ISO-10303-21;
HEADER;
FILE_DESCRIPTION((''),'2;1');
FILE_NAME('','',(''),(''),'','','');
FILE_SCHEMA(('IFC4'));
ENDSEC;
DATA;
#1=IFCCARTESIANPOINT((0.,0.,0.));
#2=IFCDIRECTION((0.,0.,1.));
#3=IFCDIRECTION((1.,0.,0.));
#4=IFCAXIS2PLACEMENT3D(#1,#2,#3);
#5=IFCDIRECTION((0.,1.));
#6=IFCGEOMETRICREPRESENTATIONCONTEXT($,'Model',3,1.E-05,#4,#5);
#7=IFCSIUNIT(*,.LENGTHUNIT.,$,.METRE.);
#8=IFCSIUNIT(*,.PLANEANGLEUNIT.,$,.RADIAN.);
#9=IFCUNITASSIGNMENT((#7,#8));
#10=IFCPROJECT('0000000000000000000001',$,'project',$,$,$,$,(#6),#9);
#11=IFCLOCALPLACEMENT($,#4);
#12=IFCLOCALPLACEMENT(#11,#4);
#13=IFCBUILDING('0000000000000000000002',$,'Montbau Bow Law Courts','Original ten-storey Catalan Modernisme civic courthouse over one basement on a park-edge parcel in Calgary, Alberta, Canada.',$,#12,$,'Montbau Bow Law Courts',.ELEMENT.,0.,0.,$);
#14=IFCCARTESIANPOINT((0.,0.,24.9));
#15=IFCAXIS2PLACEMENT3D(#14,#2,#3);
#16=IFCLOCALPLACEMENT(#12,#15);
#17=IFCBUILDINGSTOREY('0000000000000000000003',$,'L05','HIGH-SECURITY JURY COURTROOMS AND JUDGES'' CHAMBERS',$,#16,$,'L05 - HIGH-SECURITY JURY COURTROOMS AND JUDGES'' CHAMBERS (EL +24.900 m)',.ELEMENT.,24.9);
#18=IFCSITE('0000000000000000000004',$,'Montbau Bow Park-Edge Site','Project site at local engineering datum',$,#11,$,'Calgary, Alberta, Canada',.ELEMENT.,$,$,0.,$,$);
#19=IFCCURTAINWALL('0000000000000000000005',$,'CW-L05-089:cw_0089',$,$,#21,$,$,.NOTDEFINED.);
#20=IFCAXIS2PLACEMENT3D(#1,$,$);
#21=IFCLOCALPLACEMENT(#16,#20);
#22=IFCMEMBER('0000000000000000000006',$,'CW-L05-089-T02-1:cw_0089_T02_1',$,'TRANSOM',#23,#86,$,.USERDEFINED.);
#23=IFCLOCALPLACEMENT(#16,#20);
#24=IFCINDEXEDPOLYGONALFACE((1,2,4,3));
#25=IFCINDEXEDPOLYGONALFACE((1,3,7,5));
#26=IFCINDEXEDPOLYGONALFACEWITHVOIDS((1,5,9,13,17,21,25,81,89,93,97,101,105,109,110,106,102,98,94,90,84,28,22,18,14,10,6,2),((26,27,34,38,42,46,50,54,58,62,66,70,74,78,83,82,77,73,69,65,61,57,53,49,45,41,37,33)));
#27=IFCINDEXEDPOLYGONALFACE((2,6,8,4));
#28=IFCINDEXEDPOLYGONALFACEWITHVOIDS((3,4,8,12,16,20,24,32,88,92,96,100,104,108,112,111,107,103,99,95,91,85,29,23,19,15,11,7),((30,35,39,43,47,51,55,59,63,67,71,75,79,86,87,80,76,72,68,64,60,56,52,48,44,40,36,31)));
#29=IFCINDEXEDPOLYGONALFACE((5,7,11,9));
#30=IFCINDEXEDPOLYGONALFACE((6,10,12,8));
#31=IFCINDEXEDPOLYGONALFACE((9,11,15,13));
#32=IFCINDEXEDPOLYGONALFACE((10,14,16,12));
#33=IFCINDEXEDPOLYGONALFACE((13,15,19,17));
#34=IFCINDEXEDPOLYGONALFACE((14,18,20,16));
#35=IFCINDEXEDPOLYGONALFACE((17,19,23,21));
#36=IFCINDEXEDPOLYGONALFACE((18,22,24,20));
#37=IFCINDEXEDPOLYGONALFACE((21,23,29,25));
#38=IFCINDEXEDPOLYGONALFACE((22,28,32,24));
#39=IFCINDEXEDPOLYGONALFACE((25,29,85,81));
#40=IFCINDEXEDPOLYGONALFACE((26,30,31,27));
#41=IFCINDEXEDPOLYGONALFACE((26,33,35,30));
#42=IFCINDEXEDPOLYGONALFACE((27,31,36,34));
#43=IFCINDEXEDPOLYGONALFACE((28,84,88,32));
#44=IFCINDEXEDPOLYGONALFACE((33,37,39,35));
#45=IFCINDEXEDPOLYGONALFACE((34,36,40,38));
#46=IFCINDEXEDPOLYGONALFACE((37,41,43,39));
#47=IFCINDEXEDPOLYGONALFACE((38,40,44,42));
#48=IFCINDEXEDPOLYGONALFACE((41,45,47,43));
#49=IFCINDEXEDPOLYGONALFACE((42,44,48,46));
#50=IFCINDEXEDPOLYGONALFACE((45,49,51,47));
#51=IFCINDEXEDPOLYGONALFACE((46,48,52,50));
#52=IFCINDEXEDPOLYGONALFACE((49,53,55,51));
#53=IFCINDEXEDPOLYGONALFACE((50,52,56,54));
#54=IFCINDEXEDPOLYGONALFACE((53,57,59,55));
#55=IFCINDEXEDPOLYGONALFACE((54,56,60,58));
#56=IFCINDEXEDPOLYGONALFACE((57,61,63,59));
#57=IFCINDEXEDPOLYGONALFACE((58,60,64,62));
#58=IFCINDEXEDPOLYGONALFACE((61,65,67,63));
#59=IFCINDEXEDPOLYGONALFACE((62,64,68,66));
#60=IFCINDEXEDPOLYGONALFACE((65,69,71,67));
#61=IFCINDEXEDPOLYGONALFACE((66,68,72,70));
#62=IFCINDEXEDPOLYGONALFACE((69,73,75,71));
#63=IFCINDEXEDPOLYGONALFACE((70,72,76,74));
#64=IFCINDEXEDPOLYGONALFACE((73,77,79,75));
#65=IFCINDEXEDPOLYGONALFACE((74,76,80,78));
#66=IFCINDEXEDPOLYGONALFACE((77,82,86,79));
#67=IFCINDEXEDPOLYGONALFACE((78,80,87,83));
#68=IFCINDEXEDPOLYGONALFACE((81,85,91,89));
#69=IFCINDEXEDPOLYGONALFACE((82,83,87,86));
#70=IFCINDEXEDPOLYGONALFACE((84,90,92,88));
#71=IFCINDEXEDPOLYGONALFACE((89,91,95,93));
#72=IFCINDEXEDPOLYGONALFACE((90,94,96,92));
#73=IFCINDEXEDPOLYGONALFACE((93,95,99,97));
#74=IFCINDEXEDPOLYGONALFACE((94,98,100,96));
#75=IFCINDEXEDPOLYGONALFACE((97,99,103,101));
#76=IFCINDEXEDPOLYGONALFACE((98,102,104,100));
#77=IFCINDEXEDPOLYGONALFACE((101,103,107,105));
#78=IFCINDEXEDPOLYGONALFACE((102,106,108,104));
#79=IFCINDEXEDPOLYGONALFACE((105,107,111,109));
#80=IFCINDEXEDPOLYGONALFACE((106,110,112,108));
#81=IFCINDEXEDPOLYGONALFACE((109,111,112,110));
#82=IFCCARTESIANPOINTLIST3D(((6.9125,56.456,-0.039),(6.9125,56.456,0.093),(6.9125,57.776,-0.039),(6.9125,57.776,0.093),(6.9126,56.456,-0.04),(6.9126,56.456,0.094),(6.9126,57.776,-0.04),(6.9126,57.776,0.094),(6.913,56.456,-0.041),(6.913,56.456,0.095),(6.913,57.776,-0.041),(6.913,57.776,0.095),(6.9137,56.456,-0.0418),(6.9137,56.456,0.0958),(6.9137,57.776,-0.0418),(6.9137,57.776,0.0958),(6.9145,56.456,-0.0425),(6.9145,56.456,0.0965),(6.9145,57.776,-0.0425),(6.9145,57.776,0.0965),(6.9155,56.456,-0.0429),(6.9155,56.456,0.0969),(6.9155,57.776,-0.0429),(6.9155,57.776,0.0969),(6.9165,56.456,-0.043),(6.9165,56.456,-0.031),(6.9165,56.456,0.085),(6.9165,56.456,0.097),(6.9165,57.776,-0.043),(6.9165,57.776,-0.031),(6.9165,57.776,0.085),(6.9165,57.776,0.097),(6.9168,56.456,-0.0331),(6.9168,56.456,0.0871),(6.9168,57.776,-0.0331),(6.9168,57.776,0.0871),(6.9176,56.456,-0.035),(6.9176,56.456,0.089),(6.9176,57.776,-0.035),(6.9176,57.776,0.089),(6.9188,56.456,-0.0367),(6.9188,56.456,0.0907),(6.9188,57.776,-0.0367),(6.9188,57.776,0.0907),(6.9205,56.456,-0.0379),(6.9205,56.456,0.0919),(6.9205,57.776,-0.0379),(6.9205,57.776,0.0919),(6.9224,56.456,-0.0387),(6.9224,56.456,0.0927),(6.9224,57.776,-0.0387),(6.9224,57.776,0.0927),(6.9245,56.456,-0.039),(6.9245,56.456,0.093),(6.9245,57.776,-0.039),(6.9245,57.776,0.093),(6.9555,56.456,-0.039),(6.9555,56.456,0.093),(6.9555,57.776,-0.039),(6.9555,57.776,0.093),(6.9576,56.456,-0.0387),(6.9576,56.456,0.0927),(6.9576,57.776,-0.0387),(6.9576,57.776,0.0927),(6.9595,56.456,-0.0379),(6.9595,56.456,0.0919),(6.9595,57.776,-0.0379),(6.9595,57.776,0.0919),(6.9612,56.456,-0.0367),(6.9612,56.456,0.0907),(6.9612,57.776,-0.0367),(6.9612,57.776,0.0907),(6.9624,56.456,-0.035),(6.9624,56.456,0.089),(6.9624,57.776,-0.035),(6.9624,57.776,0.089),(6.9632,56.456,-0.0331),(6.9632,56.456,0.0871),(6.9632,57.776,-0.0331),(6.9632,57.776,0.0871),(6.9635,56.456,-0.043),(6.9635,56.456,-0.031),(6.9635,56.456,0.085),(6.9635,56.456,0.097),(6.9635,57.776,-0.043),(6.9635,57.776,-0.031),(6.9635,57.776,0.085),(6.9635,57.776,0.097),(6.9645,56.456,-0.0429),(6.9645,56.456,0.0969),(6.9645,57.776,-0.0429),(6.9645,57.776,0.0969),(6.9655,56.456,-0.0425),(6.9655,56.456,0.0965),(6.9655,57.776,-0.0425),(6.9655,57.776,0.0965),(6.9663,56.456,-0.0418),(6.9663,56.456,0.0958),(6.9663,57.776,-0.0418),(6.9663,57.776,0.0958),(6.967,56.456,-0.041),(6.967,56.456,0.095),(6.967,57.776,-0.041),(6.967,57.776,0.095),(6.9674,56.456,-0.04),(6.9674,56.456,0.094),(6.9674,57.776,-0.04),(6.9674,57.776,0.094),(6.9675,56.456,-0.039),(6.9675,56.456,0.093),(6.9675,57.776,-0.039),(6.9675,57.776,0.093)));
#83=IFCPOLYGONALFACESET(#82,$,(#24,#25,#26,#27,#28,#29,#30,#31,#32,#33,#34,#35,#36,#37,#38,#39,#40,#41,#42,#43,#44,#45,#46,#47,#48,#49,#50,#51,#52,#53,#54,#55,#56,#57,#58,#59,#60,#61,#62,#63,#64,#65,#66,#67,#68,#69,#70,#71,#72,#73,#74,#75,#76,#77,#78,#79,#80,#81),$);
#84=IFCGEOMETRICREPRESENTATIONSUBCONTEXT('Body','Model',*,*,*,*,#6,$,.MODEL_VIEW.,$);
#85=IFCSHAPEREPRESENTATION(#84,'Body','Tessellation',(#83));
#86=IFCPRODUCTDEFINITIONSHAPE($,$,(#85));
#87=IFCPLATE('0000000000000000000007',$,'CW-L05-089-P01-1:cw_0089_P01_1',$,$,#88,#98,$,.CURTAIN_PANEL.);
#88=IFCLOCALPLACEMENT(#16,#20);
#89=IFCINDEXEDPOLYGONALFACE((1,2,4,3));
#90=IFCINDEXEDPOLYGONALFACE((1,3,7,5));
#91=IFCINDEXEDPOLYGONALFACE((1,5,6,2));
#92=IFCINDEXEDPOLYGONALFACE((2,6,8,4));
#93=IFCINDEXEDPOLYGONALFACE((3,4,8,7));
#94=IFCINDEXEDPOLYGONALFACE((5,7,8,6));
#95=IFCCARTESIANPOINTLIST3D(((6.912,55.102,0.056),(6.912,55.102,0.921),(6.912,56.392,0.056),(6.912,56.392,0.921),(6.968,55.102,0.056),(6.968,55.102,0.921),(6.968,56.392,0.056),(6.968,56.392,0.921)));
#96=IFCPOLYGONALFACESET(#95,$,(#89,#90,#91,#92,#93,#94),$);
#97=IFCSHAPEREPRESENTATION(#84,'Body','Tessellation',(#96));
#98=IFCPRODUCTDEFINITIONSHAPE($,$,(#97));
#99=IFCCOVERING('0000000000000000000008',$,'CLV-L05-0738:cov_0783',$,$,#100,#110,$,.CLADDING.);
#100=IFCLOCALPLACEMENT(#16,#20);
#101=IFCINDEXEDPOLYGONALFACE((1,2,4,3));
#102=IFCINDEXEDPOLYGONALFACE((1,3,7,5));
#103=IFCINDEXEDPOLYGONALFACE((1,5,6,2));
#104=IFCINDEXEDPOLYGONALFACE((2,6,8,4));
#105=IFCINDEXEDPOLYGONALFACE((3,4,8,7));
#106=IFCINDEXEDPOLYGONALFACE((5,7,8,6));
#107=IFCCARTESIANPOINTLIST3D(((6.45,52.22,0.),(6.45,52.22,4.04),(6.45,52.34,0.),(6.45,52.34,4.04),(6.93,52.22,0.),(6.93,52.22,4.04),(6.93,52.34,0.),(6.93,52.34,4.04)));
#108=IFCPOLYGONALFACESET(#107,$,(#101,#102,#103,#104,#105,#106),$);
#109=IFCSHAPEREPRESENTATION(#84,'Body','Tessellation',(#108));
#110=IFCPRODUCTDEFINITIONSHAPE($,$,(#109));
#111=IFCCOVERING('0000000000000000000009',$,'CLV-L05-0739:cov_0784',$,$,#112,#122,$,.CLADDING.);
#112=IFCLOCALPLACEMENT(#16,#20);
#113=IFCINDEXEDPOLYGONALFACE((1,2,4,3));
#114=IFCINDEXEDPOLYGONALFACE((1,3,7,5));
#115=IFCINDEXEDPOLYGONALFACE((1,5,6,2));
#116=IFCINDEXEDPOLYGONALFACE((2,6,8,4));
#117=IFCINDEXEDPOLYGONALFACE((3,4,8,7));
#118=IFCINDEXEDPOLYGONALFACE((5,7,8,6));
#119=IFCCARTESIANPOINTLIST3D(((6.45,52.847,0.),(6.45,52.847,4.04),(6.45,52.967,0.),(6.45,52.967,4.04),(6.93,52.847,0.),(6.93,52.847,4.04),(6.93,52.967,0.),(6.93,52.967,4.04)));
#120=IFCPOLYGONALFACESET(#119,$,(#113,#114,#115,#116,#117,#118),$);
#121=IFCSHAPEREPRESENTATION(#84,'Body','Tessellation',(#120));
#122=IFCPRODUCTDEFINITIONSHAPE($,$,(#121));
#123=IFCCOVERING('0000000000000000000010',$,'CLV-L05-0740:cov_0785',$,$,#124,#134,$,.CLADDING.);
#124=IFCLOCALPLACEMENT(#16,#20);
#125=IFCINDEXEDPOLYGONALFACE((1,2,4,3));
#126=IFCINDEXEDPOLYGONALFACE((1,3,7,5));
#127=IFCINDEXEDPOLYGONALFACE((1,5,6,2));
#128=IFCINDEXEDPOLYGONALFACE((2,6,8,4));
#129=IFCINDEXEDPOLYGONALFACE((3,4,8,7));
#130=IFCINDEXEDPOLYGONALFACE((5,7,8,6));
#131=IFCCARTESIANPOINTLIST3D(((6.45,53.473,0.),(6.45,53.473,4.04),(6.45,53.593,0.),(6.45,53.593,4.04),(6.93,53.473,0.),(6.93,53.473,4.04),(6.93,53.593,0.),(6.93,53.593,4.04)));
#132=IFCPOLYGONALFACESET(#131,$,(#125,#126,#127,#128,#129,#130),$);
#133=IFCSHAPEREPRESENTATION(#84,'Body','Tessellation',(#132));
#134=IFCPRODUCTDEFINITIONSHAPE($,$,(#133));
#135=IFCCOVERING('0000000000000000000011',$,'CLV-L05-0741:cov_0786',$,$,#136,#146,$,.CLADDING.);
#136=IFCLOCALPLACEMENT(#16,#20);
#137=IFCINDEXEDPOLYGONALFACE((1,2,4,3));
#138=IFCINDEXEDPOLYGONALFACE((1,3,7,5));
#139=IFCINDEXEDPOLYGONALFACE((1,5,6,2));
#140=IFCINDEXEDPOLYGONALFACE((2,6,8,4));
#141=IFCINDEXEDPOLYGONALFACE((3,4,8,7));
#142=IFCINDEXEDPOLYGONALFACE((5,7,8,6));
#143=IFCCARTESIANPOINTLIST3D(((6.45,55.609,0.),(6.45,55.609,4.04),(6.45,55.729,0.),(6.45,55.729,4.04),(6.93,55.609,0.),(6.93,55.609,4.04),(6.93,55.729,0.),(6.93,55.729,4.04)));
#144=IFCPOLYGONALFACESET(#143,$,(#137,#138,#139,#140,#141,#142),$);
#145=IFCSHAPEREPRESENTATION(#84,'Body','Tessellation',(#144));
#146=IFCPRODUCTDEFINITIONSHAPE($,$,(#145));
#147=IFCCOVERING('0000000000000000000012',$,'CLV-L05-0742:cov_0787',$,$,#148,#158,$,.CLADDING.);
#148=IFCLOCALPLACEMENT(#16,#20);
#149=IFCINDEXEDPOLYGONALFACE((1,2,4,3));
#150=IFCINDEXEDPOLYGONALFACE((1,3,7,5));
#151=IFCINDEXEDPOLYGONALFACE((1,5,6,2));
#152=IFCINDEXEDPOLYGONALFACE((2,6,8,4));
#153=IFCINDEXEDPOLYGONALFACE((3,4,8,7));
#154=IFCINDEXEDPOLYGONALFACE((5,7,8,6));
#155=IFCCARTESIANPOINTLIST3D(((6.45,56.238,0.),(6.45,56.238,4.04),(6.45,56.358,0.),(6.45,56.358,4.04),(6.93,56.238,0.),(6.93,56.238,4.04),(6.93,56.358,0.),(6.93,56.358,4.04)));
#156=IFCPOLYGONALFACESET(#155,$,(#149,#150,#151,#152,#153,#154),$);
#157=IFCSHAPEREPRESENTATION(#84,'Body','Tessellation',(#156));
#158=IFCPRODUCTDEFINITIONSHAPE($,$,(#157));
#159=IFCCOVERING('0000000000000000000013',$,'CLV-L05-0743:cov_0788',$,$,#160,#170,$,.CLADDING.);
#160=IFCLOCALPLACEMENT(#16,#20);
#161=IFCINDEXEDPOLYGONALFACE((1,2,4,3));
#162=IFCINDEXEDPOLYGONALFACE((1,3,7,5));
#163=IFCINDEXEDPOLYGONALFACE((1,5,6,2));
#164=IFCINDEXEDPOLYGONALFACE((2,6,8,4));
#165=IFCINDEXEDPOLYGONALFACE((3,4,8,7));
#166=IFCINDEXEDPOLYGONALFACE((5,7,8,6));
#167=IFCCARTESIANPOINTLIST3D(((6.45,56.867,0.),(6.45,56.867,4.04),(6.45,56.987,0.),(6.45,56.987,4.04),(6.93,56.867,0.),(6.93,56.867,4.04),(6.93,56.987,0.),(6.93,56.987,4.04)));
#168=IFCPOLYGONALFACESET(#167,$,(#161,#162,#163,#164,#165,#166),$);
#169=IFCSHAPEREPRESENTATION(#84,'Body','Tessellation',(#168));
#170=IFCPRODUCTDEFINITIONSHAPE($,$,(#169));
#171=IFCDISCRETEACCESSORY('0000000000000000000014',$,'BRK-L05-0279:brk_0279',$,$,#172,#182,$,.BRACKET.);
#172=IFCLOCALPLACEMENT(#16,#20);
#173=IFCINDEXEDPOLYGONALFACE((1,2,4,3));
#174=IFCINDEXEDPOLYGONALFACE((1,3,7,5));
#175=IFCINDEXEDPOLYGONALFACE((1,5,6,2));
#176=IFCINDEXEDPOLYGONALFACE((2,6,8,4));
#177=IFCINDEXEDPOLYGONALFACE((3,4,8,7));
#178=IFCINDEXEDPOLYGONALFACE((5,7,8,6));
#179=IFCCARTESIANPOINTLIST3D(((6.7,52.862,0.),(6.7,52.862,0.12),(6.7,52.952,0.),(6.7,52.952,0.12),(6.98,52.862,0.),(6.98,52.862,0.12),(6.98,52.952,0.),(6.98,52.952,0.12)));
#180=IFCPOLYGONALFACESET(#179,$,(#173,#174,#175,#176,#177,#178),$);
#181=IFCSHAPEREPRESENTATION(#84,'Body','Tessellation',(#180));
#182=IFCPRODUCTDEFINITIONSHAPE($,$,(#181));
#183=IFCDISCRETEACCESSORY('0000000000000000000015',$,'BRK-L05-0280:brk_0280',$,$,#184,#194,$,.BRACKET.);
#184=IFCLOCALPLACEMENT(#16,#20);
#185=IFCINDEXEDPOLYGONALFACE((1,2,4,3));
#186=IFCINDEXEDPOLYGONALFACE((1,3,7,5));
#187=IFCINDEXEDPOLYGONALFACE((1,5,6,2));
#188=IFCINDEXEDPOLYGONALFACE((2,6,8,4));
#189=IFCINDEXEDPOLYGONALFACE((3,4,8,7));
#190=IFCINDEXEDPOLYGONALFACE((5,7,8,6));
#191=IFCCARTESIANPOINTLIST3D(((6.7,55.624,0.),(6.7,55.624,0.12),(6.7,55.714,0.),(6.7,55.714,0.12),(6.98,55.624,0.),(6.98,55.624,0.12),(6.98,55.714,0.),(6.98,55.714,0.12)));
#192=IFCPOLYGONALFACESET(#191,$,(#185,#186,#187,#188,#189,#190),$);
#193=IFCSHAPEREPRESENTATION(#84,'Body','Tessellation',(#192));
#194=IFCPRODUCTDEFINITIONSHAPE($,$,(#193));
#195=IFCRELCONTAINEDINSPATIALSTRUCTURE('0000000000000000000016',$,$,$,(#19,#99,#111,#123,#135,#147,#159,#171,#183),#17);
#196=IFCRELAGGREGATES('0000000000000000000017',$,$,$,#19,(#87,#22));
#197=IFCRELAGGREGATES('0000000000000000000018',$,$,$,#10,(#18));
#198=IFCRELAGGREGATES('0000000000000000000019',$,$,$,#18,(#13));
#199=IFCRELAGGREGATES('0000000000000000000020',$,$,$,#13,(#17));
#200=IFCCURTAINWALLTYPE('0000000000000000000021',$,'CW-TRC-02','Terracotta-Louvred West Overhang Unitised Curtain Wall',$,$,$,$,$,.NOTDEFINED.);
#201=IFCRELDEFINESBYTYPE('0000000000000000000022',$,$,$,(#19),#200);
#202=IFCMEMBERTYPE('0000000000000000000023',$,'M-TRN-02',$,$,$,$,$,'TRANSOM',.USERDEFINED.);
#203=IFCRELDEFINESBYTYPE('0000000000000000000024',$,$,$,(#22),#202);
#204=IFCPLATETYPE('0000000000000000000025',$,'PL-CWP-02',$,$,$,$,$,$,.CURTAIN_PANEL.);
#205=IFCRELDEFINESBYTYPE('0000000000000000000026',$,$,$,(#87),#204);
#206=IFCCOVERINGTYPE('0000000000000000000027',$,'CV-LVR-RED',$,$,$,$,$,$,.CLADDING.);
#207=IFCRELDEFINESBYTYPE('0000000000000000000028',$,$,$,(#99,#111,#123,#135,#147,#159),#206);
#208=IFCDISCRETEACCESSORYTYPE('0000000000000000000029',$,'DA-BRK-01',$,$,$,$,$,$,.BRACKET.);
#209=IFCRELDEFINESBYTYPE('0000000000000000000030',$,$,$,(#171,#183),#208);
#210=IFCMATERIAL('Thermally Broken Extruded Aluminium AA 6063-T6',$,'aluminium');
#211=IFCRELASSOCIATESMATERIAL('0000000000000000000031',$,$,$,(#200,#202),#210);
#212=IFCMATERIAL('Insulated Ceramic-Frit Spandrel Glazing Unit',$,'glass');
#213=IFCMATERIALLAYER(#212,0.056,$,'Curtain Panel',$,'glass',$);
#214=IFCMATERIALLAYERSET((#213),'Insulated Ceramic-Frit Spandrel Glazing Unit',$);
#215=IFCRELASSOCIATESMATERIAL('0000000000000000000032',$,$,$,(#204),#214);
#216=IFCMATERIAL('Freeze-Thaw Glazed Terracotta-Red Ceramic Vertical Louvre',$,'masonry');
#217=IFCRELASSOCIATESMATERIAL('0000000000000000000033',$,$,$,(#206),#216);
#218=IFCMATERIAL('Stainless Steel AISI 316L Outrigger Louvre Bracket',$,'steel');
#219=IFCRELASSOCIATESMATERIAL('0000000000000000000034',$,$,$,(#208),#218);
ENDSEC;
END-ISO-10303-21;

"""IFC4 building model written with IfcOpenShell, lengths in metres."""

from ifc_helpers import new_model, si_unit, direction, frame, frame_2d, origin_with_axes, origin_2d_with_axis, place, context, subcontext, project, spatial, rectangle, hollow_rectangle, extrude, material, layer, layer_set, material_profile, profile_set, type_object, element, aggregate, save


model = new_model("IFC4")

# Units and contexts
model_context = context("Model", 3, precision=1e-05, world=origin_with_axes(), true_north=direction((0.0, 1.0)))
body_context = subcontext(model_context, "Body", "Model", "MODEL_VIEW")
ifc_project = project(units=[si_unit("LENGTHUNIT", "METRE"), si_unit("PLANEANGLEUNIT", "RADIAN")], contexts=[model_context])

# Site, building, storey
site_placement = place(None, origin_with_axes())
site = spatial("IfcSite", under=ifc_project, at=site_placement, Name="Montbau Bow Park-Edge Site", Description="Project site at local engineering datum", LongName="Calgary, Alberta, Canada", CompositionType="ELEMENT", RefElevation=0.0)
building_placement = place(site_placement, origin_with_axes())
building = spatial("IfcBuilding", under=site, at=building_placement, Name="Montbau Bow Law Courts", Description="Original ten-storey Catalan Modernisme civic courthouse over one basement on a park-edge parcel in Calgary, Alberta, Canada.", LongName="Montbau Bow Law Courts", CompositionType="ELEMENT", ElevationOfRefHeight=0.0, ElevationOfTerrain=0.0)
storey_placement = place(building_placement, frame((0.0, 0.0, 24.9), z_axis=(0.0, 0.0, 1.0), x_axis=(1.0, 0.0, 0.0)))
storey = spatial("IfcBuildingStorey", under=building, at=storey_placement, Name="L05", Description="HIGH-SECURITY JURY COURTROOMS AND JUDGES' CHAMBERS", LongName="L05 - HIGH-SECURITY JURY COURTROOMS AND JUDGES' CHAMBERS (EL +24.900 m)", CompositionType="ELEMENT", Elevation=24.9)

# Curtain wall
ifc_material_1 = material(Name="Thermally Broken Extruded Aluminium AA 6063-T6", Category="aluminium")
curtain_wall_type = type_object("IfcCurtainWallType", Name="CW-TRC-02", Description="Terracotta-Louvred West Overhang Unitised Curtain Wall", PredefinedType="NOTDEFINED", material=ifc_material_1)
curtain_wall_1_placement = place(None, frame((6.94, 55.04, 24.9), z_axis=(0.0, 0.0, 1.0), x_axis=(1.0, 0.0, 0.0)))
curtain_wall_1 = element("IfcCurtainWall", 1, at=curtain_wall_1_placement, inside=storey, type_object=curtain_wall_type, Name="CW-L05-089:cw_0089", PredefinedType="NOTDEFINED")

# Member
ifc_material_profile_1 = material_profile(ifc_material_1, hollow_rectangle(XDim=0.055, YDim=0.14, WallThickness=0.004, InnerFilletRadius=0.008, OuterFilletRadius=0.004, at=origin_2d_with_axis()), Name="CWT-140X55", Category="Main", Priority=0)
ifc_profile_set_1 = profile_set([ifc_material_profile_1], Name="Thermally Broken Extruded Aluminium AA 6063-T6")
member_type_1 = type_object("IfcMemberType", Name="M-TRN-02", ElementType="TRANSOM", PredefinedType="USERDEFINED", material=ifc_profile_set_1)
member_1_placement = place(None, frame((6.94, 56.456, 24.927), z_axis=(0.0, 1.0, 0.0), x_axis=(-1.0, 0.0, 0.0)))
member_1 = element("IfcMember", 2, at=member_1_placement, type_object=member_type_1, Name="CW-L05-089-T02-1:cw_0089_T02_1", ObjectType="TRANSOM", PredefinedType="USERDEFINED", context=body_context, shape_type="SweptSolid", body=[
    extrude(hollow_rectangle(XDim=0.055, YDim=0.14, WallThickness=0.004, InnerFilletRadius=0.008, OuterFilletRadius=0.004, at=origin_2d_with_axis()), origin_with_axes(), (0.0, 0.0, 1.0), 1.32),
])

# Plate
ifc_material_2 = material(Name="Insulated Ceramic-Frit Spandrel Glazing Unit", Category="glass")
ifc_layer = layer(ifc_material_2, 0.056, Name="Curtain Panel", Category="glass")
ifc_layer_set = layer_set([ifc_layer], Name="Insulated Ceramic-Frit Spandrel Glazing Unit")
plate_type = type_object("IfcPlateType", Name="PL-CWP-02", PredefinedType="CURTAIN_PANEL", material=ifc_layer_set)
plate_placement = place(None, frame((6.94, 55.102, 24.956), z_axis=(1.0, 0.0, 0.0), x_axis=(0.0, 1.0, 0.0)))
plate = element("IfcPlate", 3, at=plate_placement, type_object=plate_type, Name="CW-L05-089-P01-1:cw_0089_P01_1", PredefinedType="CURTAIN_PANEL", context=body_context, shape_type="SweptSolid", body=[
    extrude(rectangle(XDim=1.29, YDim=0.865, at=frame_2d((0.645, 0.4325), x_axis=(1.0, 0.0))), frame((0.0, 0.0, -0.028), z_axis=(0.0, 0.0, 1.0), x_axis=(1.0, 0.0, 0.0)), (0.0, 0.0, 1.0), 0.056),
])
aggregate(curtain_wall_1, [plate, member_1])

# Coverings
ifc_material_3 = material(Name="Freeze-Thaw Glazed Terracotta-Red Ceramic Vertical Louvre", Category="masonry")
covering_type = type_object("IfcCoveringType", Name="CV-LVR-RED", PredefinedType="CLADDING", material=ifc_material_3)
for number, where, z_axis, x_axis, name in (
    (4, (6.93, 52.28, 24.9), (0.0, 1.0, 0.0), (-1.0, 0.0, 0.0), "CLV-L05-0738:cov_0783"),
    (5, (6.93, 52.907, 24.9), (0.0, 1.0, 0.0), (-1.0, 0.0, 0.0), "CLV-L05-0739:cov_0784"),
    (6, (6.93, 53.533, 24.9), (0.0, 1.0, 0.0), (-1.0, 0.0, 0.0), "CLV-L05-0740:cov_0785"),
    (7, (6.93, 55.669, 24.9), (0.0, 1.0, 0.0), (-1.0, 0.0, 0.0), "CLV-L05-0741:cov_0786"),
    (8, (6.93, 56.298, 24.9), (0.0, 1.0, 0.0), (-1.0, 0.0, 0.0), "CLV-L05-0742:cov_0787"),
    (9, (6.93, 56.927, 24.9), (0.0, 1.0, 0.0), (-1.0, 0.0, 0.0), "CLV-L05-0743:cov_0788"),
):
    element("IfcCovering", number, at=place(None, frame(where, z_axis=z_axis, x_axis=x_axis)), inside=storey, type_object=covering_type, Name=name, PredefinedType="CLADDING", context=body_context, shape_type="SweptSolid", body=[
        extrude(rectangle(XDim=0.48, YDim=4.04, at=frame_2d((0.24, 2.02), x_axis=(1.0, 0.0))), frame((0.0, 0.0, -0.06), z_axis=(0.0, 0.0, 1.0), x_axis=(1.0, 0.0, 0.0)), (0.0, 0.0, 1.0), 0.12),
    ])

# Discrete accessories
ifc_material_4 = material(Name="Stainless Steel AISI 316L Outrigger Louvre Bracket", Category="steel")
discrete_accessory_type = type_object("IfcDiscreteAccessoryType", Name="DA-BRK-01", PredefinedType="BRACKET", material=ifc_material_4)
for number, where, z_axis, x_axis, name in (
    (10, (6.84, 52.907, 24.9), (0.0, 0.0, 1.0), (-1.0, 0.0, 0.0), "BRK-L05-0279:brk_0279"),
    (11, (6.84, 55.669, 24.9), (0.0, 0.0, 1.0), (-1.0, 0.0, 0.0), "BRK-L05-0280:brk_0280"),
):
    element("IfcDiscreteAccessory", number, at=place(None, frame(where, z_axis=z_axis, x_axis=x_axis)), inside=storey, type_object=discrete_accessory_type, Name=name, PredefinedType="BRACKET", context=body_context, shape_type="SweptSolid", body=[
        extrude(rectangle(XDim=0.28, YDim=0.09, at=origin_2d_with_axis()), origin_with_axes(), (0.0, 0.0, 1.0), 0.12),
    ])

save(model, "model.ifc")
